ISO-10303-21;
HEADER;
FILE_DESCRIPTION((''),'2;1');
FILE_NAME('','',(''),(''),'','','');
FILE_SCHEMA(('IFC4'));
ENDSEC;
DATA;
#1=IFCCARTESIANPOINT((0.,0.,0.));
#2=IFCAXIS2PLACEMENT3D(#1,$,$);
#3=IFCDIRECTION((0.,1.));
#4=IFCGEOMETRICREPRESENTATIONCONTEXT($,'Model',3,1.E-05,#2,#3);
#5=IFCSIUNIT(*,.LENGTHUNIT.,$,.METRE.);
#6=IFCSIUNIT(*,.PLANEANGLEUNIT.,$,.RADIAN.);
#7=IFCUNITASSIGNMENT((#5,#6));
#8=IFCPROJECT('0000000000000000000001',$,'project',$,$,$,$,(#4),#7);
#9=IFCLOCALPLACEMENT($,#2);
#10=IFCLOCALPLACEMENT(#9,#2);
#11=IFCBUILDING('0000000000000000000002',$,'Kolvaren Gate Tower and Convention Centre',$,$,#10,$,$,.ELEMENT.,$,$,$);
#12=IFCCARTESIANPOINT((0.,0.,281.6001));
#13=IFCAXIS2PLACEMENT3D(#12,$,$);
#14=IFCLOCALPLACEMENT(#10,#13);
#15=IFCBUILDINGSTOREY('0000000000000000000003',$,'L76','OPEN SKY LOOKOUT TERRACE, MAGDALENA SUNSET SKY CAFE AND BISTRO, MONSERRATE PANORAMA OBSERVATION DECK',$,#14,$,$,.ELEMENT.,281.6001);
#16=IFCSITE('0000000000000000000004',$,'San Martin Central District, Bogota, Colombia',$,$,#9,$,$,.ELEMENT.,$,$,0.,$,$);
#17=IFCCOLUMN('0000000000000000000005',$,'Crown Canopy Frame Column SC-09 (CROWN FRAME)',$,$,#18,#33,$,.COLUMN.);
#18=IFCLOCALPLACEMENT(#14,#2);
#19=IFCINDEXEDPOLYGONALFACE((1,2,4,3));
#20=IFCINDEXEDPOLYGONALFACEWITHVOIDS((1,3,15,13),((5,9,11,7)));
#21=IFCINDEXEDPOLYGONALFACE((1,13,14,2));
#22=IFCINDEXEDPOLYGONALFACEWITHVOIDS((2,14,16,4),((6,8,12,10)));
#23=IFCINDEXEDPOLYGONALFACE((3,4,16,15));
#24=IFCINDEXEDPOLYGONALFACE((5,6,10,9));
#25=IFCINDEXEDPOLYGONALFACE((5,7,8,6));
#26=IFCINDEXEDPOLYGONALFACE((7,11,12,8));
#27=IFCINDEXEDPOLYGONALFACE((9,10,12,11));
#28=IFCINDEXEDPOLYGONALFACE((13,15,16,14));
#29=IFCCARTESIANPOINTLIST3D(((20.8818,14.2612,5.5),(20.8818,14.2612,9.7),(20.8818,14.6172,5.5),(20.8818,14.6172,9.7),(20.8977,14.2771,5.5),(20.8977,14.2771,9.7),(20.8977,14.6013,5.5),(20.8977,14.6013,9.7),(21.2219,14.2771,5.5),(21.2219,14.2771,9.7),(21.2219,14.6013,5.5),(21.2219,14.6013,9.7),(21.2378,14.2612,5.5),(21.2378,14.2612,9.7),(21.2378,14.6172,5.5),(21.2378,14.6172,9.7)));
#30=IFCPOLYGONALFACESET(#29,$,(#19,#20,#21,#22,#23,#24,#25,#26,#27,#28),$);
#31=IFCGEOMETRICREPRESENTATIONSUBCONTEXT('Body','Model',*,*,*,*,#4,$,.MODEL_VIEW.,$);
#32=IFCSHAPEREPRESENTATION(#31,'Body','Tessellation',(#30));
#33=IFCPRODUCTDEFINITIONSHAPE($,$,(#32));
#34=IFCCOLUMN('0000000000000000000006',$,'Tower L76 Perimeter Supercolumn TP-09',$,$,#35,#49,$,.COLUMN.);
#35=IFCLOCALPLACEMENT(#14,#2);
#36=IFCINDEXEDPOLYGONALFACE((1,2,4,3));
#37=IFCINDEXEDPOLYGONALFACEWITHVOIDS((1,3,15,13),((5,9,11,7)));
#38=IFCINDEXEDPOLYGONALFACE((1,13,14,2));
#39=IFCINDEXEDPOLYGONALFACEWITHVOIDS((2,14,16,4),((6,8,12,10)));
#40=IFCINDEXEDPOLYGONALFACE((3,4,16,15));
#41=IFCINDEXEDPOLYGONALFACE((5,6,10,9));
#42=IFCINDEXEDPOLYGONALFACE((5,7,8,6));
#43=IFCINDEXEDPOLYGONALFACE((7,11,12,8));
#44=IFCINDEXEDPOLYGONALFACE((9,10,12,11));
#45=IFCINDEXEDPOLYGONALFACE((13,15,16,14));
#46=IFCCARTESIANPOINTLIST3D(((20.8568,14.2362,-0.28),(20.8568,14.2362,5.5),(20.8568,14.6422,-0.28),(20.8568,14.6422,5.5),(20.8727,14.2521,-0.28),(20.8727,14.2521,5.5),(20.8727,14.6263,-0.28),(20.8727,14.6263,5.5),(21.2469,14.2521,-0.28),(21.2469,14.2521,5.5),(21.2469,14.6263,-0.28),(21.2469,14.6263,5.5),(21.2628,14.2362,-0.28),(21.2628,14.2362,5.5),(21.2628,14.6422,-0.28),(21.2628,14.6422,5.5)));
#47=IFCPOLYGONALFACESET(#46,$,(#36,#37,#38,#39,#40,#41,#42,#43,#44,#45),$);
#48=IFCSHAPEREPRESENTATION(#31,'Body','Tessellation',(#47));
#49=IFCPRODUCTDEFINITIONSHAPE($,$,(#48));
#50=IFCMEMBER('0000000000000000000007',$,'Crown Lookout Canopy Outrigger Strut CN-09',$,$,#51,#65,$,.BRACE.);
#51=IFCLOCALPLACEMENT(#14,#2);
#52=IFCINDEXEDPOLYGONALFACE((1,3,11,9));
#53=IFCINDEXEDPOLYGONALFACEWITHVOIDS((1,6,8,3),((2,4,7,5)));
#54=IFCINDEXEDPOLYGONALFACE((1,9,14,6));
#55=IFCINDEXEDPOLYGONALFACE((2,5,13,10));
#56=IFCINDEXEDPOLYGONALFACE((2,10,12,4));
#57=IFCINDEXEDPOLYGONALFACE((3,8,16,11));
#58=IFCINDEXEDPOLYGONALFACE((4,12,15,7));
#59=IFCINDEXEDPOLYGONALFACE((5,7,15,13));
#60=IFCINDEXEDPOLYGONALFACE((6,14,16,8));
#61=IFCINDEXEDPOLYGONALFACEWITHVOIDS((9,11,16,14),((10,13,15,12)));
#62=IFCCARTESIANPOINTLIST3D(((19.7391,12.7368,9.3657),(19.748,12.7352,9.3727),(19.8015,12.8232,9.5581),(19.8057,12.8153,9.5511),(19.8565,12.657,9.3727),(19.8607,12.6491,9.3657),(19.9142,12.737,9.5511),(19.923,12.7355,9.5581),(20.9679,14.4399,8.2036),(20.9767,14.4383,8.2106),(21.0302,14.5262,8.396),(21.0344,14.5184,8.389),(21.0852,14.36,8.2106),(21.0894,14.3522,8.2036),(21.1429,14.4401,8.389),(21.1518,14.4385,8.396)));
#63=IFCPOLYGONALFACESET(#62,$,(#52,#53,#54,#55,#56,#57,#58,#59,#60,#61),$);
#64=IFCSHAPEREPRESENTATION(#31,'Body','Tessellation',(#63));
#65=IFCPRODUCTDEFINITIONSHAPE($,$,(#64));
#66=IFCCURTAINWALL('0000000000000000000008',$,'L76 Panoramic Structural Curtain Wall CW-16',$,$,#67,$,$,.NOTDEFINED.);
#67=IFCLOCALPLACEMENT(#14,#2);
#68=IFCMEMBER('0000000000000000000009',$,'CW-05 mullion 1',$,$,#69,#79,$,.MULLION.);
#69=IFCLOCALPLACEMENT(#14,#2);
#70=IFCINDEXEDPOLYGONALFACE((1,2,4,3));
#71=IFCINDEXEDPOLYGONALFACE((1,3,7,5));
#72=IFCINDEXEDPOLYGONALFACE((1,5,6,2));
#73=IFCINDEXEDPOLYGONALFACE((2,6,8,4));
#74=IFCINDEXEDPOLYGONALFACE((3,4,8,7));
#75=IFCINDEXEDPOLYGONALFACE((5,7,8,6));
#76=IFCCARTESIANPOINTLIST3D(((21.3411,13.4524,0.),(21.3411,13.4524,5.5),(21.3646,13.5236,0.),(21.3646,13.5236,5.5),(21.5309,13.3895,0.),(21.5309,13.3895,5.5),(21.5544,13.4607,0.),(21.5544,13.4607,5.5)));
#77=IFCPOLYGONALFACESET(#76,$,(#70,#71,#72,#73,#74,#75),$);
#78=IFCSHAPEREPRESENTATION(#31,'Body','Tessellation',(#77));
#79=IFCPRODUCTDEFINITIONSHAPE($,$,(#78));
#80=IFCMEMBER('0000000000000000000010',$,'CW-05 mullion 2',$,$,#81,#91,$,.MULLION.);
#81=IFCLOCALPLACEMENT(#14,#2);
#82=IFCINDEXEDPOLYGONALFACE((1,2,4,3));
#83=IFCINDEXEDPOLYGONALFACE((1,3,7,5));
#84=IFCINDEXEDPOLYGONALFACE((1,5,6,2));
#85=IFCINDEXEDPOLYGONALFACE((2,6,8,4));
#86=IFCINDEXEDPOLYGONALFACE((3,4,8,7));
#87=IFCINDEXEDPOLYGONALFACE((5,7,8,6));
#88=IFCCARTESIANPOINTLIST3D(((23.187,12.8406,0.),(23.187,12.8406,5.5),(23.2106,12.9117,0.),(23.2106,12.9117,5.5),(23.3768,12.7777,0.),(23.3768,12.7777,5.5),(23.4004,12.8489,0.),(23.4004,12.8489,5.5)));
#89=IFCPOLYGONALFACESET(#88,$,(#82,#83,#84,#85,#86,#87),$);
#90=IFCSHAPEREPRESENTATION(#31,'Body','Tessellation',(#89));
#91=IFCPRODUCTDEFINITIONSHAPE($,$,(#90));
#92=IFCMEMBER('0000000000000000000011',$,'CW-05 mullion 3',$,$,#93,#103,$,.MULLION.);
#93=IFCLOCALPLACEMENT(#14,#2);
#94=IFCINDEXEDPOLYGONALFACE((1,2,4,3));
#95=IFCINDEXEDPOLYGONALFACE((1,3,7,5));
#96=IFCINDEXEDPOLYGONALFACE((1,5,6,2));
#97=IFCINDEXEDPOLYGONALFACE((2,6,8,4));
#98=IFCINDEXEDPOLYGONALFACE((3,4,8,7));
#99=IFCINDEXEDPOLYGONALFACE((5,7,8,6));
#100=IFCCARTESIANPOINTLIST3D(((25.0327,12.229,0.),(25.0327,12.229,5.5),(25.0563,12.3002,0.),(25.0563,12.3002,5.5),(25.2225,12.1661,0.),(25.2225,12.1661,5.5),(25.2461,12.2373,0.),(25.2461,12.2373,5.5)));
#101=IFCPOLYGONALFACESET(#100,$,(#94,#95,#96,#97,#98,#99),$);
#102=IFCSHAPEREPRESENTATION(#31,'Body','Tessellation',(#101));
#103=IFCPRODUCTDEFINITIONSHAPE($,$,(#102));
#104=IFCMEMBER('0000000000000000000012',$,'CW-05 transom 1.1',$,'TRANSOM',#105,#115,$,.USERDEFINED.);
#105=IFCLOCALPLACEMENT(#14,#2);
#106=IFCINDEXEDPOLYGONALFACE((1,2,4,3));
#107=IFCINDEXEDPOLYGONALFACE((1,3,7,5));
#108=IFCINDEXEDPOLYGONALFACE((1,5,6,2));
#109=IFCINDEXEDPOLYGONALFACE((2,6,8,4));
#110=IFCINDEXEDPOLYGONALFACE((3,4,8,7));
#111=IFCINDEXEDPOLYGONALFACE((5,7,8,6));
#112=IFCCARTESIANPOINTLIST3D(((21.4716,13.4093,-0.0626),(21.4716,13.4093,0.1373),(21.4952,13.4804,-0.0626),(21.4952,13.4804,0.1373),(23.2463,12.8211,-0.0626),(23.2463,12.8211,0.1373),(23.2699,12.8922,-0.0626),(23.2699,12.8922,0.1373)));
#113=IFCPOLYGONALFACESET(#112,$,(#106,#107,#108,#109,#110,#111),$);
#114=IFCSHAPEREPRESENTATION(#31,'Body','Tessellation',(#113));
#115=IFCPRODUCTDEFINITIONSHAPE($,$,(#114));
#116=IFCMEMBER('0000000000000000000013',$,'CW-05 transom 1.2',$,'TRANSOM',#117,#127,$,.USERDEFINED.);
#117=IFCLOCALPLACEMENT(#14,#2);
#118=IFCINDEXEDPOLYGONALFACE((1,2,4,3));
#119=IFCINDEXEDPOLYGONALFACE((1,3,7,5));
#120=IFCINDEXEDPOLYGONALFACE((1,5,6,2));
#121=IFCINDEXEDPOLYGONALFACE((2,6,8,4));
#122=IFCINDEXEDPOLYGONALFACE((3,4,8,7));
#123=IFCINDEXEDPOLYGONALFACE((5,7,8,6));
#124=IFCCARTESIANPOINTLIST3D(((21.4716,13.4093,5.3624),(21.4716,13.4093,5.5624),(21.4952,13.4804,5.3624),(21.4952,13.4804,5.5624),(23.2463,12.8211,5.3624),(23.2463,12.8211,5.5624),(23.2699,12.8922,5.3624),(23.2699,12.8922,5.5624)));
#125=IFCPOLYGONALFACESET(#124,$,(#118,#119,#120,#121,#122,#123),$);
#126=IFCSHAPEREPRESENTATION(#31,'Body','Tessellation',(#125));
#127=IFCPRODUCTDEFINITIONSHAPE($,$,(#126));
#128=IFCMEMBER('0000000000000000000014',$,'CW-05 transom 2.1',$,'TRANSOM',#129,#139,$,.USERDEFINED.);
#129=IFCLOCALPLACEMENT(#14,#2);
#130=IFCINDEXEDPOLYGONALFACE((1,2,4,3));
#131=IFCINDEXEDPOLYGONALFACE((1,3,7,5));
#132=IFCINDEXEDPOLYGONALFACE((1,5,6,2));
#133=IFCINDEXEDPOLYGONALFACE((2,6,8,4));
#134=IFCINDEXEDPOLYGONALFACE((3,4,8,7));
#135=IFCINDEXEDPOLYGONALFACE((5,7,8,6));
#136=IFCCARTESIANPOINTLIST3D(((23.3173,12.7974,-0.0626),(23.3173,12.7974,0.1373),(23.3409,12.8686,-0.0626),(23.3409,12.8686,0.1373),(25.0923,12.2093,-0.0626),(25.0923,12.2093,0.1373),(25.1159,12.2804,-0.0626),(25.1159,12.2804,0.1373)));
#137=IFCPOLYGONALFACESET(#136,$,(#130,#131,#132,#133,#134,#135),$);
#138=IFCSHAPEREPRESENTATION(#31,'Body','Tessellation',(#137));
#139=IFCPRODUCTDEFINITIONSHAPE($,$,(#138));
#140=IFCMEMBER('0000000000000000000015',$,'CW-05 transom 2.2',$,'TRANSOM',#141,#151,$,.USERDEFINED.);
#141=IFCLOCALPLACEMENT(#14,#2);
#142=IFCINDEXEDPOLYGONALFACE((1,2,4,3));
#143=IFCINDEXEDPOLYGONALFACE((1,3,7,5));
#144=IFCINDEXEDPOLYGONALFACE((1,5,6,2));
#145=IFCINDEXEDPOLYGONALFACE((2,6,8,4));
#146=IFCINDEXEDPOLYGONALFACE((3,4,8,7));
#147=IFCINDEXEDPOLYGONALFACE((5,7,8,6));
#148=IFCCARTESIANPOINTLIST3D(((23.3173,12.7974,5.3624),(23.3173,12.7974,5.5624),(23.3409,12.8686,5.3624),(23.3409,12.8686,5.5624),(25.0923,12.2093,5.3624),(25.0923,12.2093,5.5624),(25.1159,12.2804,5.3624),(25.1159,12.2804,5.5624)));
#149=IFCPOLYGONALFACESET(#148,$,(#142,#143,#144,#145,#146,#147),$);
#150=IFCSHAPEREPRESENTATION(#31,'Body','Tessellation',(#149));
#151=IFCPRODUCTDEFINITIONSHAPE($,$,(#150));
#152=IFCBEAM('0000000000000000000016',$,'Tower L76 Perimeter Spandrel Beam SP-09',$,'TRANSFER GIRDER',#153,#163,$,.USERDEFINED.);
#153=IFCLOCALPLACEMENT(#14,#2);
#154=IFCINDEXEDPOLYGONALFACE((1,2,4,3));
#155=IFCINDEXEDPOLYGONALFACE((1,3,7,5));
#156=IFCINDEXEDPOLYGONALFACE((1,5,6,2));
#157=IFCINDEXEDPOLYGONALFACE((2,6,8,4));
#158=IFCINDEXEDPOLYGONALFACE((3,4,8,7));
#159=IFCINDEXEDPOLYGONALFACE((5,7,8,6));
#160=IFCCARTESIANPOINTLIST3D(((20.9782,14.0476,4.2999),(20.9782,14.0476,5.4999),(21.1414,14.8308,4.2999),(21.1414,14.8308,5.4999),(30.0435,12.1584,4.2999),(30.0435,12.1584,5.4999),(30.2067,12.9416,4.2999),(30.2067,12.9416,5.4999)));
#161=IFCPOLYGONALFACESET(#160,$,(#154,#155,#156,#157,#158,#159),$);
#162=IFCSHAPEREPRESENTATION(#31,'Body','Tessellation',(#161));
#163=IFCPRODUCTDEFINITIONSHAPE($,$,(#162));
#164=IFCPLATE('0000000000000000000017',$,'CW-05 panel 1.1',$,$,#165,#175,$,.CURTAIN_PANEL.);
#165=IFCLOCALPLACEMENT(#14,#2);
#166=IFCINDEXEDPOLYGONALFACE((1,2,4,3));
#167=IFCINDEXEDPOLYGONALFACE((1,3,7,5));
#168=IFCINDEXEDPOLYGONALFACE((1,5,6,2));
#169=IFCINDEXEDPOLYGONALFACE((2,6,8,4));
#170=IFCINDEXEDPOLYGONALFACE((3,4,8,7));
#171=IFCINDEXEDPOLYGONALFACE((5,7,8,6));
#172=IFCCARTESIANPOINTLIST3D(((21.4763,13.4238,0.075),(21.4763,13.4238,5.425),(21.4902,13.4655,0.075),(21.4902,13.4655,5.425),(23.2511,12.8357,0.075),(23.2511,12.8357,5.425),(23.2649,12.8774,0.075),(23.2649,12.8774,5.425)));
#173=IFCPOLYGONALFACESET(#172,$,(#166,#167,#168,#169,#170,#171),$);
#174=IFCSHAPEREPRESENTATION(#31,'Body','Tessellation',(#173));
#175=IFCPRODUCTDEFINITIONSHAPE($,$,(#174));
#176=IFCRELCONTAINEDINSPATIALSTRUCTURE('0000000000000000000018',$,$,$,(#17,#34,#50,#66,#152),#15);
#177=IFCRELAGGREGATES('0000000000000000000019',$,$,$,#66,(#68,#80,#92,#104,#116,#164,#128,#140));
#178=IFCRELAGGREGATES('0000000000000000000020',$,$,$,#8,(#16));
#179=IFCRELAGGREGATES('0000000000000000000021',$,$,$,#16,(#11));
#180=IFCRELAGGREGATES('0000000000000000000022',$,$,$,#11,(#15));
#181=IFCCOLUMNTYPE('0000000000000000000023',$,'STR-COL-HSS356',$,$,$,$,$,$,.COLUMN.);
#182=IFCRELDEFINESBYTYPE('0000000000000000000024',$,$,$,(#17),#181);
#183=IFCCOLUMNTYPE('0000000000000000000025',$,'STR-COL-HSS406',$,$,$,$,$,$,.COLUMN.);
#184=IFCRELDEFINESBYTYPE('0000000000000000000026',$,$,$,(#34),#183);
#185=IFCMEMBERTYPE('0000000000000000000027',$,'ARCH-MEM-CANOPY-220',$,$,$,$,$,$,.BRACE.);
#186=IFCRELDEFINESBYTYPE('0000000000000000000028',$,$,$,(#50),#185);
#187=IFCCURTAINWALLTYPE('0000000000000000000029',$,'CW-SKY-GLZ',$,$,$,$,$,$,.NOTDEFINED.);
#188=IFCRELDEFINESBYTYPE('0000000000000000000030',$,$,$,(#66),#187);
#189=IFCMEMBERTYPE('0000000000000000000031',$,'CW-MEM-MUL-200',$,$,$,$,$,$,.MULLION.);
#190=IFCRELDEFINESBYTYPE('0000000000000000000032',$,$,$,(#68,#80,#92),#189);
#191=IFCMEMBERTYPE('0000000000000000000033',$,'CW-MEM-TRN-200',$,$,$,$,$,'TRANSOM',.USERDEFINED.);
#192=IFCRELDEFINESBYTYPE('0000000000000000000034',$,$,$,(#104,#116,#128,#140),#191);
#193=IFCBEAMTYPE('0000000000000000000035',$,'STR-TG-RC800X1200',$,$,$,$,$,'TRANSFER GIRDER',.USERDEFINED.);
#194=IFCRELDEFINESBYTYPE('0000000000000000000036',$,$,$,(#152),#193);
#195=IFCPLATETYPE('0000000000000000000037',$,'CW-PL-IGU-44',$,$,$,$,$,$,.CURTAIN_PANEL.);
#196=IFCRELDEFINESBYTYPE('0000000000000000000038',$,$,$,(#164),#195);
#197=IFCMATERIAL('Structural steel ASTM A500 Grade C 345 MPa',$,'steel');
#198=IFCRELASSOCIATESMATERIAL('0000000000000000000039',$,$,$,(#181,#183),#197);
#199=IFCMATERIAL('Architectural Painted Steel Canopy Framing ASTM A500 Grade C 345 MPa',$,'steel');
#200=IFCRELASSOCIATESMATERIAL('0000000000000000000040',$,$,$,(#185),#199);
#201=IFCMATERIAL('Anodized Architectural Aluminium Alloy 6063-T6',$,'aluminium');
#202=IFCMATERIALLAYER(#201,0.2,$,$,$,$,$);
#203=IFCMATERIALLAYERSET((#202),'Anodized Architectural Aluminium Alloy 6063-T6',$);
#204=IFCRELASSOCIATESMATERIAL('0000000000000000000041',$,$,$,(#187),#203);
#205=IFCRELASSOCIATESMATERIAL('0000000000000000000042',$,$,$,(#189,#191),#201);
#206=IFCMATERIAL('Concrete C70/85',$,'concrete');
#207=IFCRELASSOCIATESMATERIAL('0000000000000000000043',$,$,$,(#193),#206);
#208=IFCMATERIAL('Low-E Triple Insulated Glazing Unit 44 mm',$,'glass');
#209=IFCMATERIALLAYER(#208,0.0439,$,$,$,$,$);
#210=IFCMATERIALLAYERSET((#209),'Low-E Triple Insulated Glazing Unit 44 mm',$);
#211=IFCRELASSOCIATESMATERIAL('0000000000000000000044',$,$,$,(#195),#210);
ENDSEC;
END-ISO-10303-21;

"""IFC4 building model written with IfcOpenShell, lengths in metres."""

from ifc_helpers import new_model, si_unit, direction, frame, origin, origin_2d, place, context, subcontext, project, spatial, rectangle, hollow_rectangle, extrude, material, layer, layer_set, material_profile, profile_set, type_object, element, aggregate, save


model = new_model("IFC4")

# Units and contexts
model_context = context("Model", 3, precision=1e-05, world=origin(), true_north=direction((0.0, 1.0)))
body_context = subcontext(model_context, "Body", "Model", "MODEL_VIEW")
ifc_project = project(units=[si_unit("LENGTHUNIT", "METRE"), si_unit("PLANEANGLEUNIT", "RADIAN")], contexts=[model_context])

# Site, building, storey
site_placement = place(None, origin())
site = spatial("IfcSite", under=ifc_project, at=site_placement, Name="San Martin Central District, Bogota, Colombia", CompositionType="ELEMENT", RefElevation=0.0)
building_placement = place(site_placement, origin())
building = spatial("IfcBuilding", under=site, at=building_placement, Name="Kolvaren Gate Tower and Convention Centre", CompositionType="ELEMENT")
storey_placement = place(building_placement, frame((0.0, 0.0, 281.6001)))
storey = spatial("IfcBuildingStorey", under=building, at=storey_placement, Name="L76", Description="OPEN SKY LOOKOUT TERRACE, MAGDALENA SUNSET SKY CAFE AND BISTRO, MONSERRATE PANORAMA OBSERVATION DECK", CompositionType="ELEMENT", Elevation=281.6001)

# Columns
ifc_material_1 = material(Name="Structural steel ASTM A500 Grade C 345 MPa", Category="steel")
ifc_material_profile_1 = material_profile(ifc_material_1, hollow_rectangle(XDim=0.356, YDim=0.356, WallThickness=0.0159, at=origin_2d()), Name="HSS356X356X15.9")
ifc_profile_set_1 = profile_set([ifc_material_profile_1], Name="Structural steel ASTM A500 Grade C 345 MPa")
column_type_1 = type_object("IfcColumnType", Name="STR-COL-HSS356", PredefinedType="COLUMN", material=ifc_profile_set_1)
column_1_placement = place(storey_placement, frame((21.0598, 14.4392, 5.5), z_axis=(0.0, 0.0, 1.0), x_axis=(1.0, 0.0, 0.0)))
element("IfcColumn", 1, at=column_1_placement, inside=storey, type_object=column_type_1, Name="Crown Canopy Frame Column SC-09 (CROWN FRAME)", PredefinedType="COLUMN", context=body_context, shape_type="SweptSolid", body=[
    extrude(hollow_rectangle(XDim=0.356, YDim=0.356, WallThickness=0.0159, at=origin_2d()), origin(), (0.0, 0.0, 1.0), 4.2),
])
ifc_material_profile_2 = material_profile(ifc_material_1, hollow_rectangle(XDim=0.406, YDim=0.406, WallThickness=0.0159, at=origin_2d()), Name="HSS406X406X15.9")
ifc_profile_set_2 = profile_set([ifc_material_profile_2], Name="Structural steel ASTM A500 Grade C 345 MPa")
column_type_2 = type_object("IfcColumnType", Name="STR-COL-HSS406", PredefinedType="COLUMN", material=ifc_profile_set_2)
column_2_placement = place(storey_placement, frame((21.0598, 14.4392, -0.28), z_axis=(0.0, 0.0, 1.0), x_axis=(1.0, 0.0, 0.0)))
element("IfcColumn", 2, at=column_2_placement, inside=storey, type_object=column_type_2, Name="Tower L76 Perimeter Supercolumn TP-09", PredefinedType="COLUMN", context=body_context, shape_type="SweptSolid", body=[
    extrude(hollow_rectangle(XDim=0.406, YDim=0.406, WallThickness=0.0159, at=origin_2d()), origin(), (0.0, 0.0, 1.0), 5.78),
])

# Member
ifc_material_2 = material(Name="Architectural Painted Steel Canopy Framing ASTM A500 Grade C 345 MPa", Category="steel")
ifc_material_profile_3 = material_profile(ifc_material_2, hollow_rectangle(XDim=0.1499, YDim=0.22, WallThickness=0.0081, at=origin_2d()), Name="ARCH-MEM-CANOPY-220")
ifc_profile_set_3 = profile_set([ifc_material_profile_3], Name="Architectural Painted Steel Canopy Framing ASTM A500 Grade C 345 MPa")
member_type_1 = type_object("IfcMemberType", Name="ARCH-MEM-CANOPY-220", PredefinedType="BRACE", material=ifc_profile_set_3)
member_1_placement = place(storey_placement, frame((21.0598, 14.4392, 8.2998), z_axis=(-0.51194, -0.709575, 0.484171), x_axis=(0.810967, -0.585092, 0.0)))
element("IfcMember", 3, at=member_1_placement, inside=storey, type_object=member_type_1, Name="Crown Lookout Canopy Outrigger Strut CN-09", PredefinedType="BRACE", context=body_context, shape_type="SweptSolid", body=[
    extrude(hollow_rectangle(XDim=0.1499, YDim=0.22, WallThickness=0.0081, at=origin_2d()), origin(), (0.0, 0.0, 1.0), 2.4001),
])

# Curtain wall, members
ifc_material_3 = material(Name="Anodized Architectural Aluminium Alloy 6063-T6", Category="aluminium")
ifc_layer_1 = layer(ifc_material_3, 0.2)
ifc_layer_set_1 = layer_set([ifc_layer_1], Name="Anodized Architectural Aluminium Alloy 6063-T6")
curtain_wall_type = type_object("IfcCurtainWallType", Name="CW-SKY-GLZ", PredefinedType="NOTDEFINED", material=ifc_layer_set_1)
curtain_wall_placement = place(storey_placement, origin())
curtain_wall = element("IfcCurtainWall", 4, at=curtain_wall_placement, inside=storey, type_object=curtain_wall_type, Name="L76 Panoramic Structural Curtain Wall CW-16", PredefinedType="NOTDEFINED")
ifc_material_profile_4 = material_profile(ifc_material_3, rectangle(XDim=0.075, YDim=0.2, at=origin_2d()), Name="CW-MEM-MUL-200")
ifc_profile_set_4 = profile_set([ifc_material_profile_4], Name="Anodized Architectural Aluminium Alloy 6063-T6")
member_type_2 = type_object("IfcMemberType", Name="CW-MEM-MUL-200", PredefinedType="MULLION", material=ifc_profile_set_4)
member_2_placement = place(storey_placement, frame((21.4478, 13.4565, 0.0), z_axis=(0.0, 0.0, 1.0), x_axis=(0.314562, 0.949237, 0.0)))
member_2 = element("IfcMember", 5, at=member_2_placement, type_object=member_type_2, Name="CW-05 mullion 1", PredefinedType="MULLION", context=body_context, shape_type="SweptSolid", body=[
    extrude(rectangle(XDim=0.075, YDim=0.2, at=origin_2d()), origin(), (0.0, 0.0, 1.0), 5.5),
])
member_3_placement = place(storey_placement, frame((23.2937, 12.8447, 0.0), z_axis=(0.0, 0.0, 1.0), x_axis=(0.314562, 0.949237, 0.0)))
member_3 = element("IfcMember", 6, at=member_3_placement, type_object=member_type_2, Name="CW-05 mullion 2", PredefinedType="MULLION", context=body_context, shape_type="SweptSolid", body=[
    extrude(rectangle(XDim=0.075, YDim=0.2, at=origin_2d()), origin(), (0.0, 0.0, 1.0), 5.5),
])
member_4_placement = place(storey_placement, frame((25.1394, 12.2332, 0.0), z_axis=(0.0, 0.0, 1.0), x_axis=(0.314562, 0.949237, 0.0)))
member_4 = element("IfcMember", 7, at=member_4_placement, type_object=member_type_2, Name="CW-05 mullion 3", PredefinedType="MULLION", context=body_context, shape_type="SweptSolid", body=[
    extrude(rectangle(XDim=0.075, YDim=0.2, at=origin_2d()), origin(), (0.0, 0.0, 1.0), 5.5),
])
ifc_material_profile_5 = material_profile(ifc_material_3, rectangle(XDim=0.075, YDim=0.2, at=origin_2d()), Name="CW-MEM-TRN-200")
ifc_profile_set_5 = profile_set([ifc_material_profile_5], Name="Anodized Architectural Aluminium Alloy 6063-T6")
member_type_3 = type_object("IfcMemberType", Name="CW-MEM-TRN-200", ElementType="TRANSOM", PredefinedType="USERDEFINED", material=ifc_profile_set_5)
member_5_placement = place(storey_placement, frame((21.4834, 13.4448, 0.0374), z_axis=(0.94923, -0.314582, 0.0), x_axis=(0.314582, 0.94923, 0.0)))
member_5 = element("IfcMember", 8, at=member_5_placement, type_object=member_type_3, Name="CW-05 transom 1.1", ObjectType="TRANSOM", PredefinedType="USERDEFINED", context=body_context, shape_type="SweptSolid", body=[
    extrude(rectangle(XDim=0.075, YDim=0.2, at=origin_2d()), origin(), (0.0, 0.0, 1.0), 1.8696),
])
member_6_placement = place(storey_placement, frame((21.4834, 13.4448, 5.4624), z_axis=(0.94923, -0.314582, 0.0), x_axis=(0.314582, 0.94923, 0.0)))
member_6 = element("IfcMember", 9, at=member_6_placement, type_object=member_type_3, Name="CW-05 transom 1.2", ObjectType="TRANSOM", PredefinedType="USERDEFINED", context=body_context, shape_type="SweptSolid", body=[
    extrude(rectangle(XDim=0.075, YDim=0.2, at=origin_2d()), origin(), (0.0, 0.0, 1.0), 1.8696),
])
member_7_placement = place(storey_placement, frame((23.3291, 12.833, 0.0374), z_axis=(0.949243, -0.314543, 0.0), x_axis=(0.314543, 0.949243, 0.0)))
member_7 = element("IfcMember", 10, at=member_7_placement, type_object=member_type_3, Name="CW-05 transom 2.1", ObjectType="TRANSOM", PredefinedType="USERDEFINED", context=body_context, shape_type="SweptSolid", body=[
    extrude(rectangle(XDim=0.075, YDim=0.2, at=origin_2d()), origin(), (0.0, 0.0, 1.0), 1.8699),
])
member_8_placement = place(storey_placement, frame((23.3291, 12.833, 5.4624), z_axis=(0.949243, -0.314543, 0.0), x_axis=(0.314543, 0.949243, 0.0)))
member_8 = element("IfcMember", 11, at=member_8_placement, type_object=member_type_3, Name="CW-05 transom 2.2", ObjectType="TRANSOM", PredefinedType="USERDEFINED", context=body_context, shape_type="SweptSolid", body=[
    extrude(rectangle(XDim=0.075, YDim=0.2, at=origin_2d()), origin(), (0.0, 0.0, 1.0), 1.8699),
])

# Beam
ifc_material_4 = material(Name="Concrete C70/85", Category="concrete")
ifc_material_profile_6 = material_profile(ifc_material_4, rectangle(XDim=0.8, YDim=1.2, at=origin_2d()), Name="RC-BM-800X1200")
ifc_profile_set_6 = profile_set([ifc_material_profile_6], Name="Concrete C70/85")
beam_type = type_object("IfcBeamType", Name="STR-TG-RC800X1200", ElementType="TRANSFER GIRDER", PredefinedType="USERDEFINED", material=ifc_profile_set_6)
beam_placement = place(storey_placement, frame((21.0598, 14.4392, 4.8999), z_axis=(0.978968, -0.204014, 0.0), x_axis=(0.204014, 0.978968, 0.0)))
element("IfcBeam", 12, at=beam_placement, inside=storey, type_object=beam_type, Name="Tower L76 Perimeter Spandrel Beam SP-09", ObjectType="TRANSFER GIRDER", PredefinedType="USERDEFINED", context=body_context, shape_type="SweptSolid", body=[
    extrude(rectangle(XDim=0.8, YDim=1.2, at=origin_2d()), origin(), (0.0, 0.0, 1.0), 9.26),
])

# Plate
ifc_material_5 = material(Name="Low-E Triple Insulated Glazing Unit 44 mm", Category="glass")
ifc_layer_2 = layer(ifc_material_5, 0.0439)
ifc_layer_set_2 = layer_set([ifc_layer_2], Name="Low-E Triple Insulated Glazing Unit 44 mm")
plate_type_1 = type_object("IfcPlateType", Name="CW-PL-IGU-44", PredefinedType="CURTAIN_PANEL", material=ifc_layer_set_2)
plate_1_placement = place(storey_placement, frame((22.3706, 13.1506, 0.075), z_axis=(0.0, 0.0, 1.0), x_axis=(0.949237, -0.314562, 0.0)))
plate_1 = element("IfcPlate", 13, at=plate_1_placement, type_object=plate_type_1, Name="CW-05 panel 1.1", PredefinedType="CURTAIN_PANEL", context=body_context, shape_type="SweptSolid", body=[
    extrude(rectangle(XDim=1.8696, YDim=0.0439, at=origin_2d()), origin(), (0.0, 0.0, 1.0), 5.3501),
])
aggregate(curtain_wall, [member_2, member_3, member_4, member_5, member_6, plate_1, member_7, member_8])

save(model, "model.ifc")
